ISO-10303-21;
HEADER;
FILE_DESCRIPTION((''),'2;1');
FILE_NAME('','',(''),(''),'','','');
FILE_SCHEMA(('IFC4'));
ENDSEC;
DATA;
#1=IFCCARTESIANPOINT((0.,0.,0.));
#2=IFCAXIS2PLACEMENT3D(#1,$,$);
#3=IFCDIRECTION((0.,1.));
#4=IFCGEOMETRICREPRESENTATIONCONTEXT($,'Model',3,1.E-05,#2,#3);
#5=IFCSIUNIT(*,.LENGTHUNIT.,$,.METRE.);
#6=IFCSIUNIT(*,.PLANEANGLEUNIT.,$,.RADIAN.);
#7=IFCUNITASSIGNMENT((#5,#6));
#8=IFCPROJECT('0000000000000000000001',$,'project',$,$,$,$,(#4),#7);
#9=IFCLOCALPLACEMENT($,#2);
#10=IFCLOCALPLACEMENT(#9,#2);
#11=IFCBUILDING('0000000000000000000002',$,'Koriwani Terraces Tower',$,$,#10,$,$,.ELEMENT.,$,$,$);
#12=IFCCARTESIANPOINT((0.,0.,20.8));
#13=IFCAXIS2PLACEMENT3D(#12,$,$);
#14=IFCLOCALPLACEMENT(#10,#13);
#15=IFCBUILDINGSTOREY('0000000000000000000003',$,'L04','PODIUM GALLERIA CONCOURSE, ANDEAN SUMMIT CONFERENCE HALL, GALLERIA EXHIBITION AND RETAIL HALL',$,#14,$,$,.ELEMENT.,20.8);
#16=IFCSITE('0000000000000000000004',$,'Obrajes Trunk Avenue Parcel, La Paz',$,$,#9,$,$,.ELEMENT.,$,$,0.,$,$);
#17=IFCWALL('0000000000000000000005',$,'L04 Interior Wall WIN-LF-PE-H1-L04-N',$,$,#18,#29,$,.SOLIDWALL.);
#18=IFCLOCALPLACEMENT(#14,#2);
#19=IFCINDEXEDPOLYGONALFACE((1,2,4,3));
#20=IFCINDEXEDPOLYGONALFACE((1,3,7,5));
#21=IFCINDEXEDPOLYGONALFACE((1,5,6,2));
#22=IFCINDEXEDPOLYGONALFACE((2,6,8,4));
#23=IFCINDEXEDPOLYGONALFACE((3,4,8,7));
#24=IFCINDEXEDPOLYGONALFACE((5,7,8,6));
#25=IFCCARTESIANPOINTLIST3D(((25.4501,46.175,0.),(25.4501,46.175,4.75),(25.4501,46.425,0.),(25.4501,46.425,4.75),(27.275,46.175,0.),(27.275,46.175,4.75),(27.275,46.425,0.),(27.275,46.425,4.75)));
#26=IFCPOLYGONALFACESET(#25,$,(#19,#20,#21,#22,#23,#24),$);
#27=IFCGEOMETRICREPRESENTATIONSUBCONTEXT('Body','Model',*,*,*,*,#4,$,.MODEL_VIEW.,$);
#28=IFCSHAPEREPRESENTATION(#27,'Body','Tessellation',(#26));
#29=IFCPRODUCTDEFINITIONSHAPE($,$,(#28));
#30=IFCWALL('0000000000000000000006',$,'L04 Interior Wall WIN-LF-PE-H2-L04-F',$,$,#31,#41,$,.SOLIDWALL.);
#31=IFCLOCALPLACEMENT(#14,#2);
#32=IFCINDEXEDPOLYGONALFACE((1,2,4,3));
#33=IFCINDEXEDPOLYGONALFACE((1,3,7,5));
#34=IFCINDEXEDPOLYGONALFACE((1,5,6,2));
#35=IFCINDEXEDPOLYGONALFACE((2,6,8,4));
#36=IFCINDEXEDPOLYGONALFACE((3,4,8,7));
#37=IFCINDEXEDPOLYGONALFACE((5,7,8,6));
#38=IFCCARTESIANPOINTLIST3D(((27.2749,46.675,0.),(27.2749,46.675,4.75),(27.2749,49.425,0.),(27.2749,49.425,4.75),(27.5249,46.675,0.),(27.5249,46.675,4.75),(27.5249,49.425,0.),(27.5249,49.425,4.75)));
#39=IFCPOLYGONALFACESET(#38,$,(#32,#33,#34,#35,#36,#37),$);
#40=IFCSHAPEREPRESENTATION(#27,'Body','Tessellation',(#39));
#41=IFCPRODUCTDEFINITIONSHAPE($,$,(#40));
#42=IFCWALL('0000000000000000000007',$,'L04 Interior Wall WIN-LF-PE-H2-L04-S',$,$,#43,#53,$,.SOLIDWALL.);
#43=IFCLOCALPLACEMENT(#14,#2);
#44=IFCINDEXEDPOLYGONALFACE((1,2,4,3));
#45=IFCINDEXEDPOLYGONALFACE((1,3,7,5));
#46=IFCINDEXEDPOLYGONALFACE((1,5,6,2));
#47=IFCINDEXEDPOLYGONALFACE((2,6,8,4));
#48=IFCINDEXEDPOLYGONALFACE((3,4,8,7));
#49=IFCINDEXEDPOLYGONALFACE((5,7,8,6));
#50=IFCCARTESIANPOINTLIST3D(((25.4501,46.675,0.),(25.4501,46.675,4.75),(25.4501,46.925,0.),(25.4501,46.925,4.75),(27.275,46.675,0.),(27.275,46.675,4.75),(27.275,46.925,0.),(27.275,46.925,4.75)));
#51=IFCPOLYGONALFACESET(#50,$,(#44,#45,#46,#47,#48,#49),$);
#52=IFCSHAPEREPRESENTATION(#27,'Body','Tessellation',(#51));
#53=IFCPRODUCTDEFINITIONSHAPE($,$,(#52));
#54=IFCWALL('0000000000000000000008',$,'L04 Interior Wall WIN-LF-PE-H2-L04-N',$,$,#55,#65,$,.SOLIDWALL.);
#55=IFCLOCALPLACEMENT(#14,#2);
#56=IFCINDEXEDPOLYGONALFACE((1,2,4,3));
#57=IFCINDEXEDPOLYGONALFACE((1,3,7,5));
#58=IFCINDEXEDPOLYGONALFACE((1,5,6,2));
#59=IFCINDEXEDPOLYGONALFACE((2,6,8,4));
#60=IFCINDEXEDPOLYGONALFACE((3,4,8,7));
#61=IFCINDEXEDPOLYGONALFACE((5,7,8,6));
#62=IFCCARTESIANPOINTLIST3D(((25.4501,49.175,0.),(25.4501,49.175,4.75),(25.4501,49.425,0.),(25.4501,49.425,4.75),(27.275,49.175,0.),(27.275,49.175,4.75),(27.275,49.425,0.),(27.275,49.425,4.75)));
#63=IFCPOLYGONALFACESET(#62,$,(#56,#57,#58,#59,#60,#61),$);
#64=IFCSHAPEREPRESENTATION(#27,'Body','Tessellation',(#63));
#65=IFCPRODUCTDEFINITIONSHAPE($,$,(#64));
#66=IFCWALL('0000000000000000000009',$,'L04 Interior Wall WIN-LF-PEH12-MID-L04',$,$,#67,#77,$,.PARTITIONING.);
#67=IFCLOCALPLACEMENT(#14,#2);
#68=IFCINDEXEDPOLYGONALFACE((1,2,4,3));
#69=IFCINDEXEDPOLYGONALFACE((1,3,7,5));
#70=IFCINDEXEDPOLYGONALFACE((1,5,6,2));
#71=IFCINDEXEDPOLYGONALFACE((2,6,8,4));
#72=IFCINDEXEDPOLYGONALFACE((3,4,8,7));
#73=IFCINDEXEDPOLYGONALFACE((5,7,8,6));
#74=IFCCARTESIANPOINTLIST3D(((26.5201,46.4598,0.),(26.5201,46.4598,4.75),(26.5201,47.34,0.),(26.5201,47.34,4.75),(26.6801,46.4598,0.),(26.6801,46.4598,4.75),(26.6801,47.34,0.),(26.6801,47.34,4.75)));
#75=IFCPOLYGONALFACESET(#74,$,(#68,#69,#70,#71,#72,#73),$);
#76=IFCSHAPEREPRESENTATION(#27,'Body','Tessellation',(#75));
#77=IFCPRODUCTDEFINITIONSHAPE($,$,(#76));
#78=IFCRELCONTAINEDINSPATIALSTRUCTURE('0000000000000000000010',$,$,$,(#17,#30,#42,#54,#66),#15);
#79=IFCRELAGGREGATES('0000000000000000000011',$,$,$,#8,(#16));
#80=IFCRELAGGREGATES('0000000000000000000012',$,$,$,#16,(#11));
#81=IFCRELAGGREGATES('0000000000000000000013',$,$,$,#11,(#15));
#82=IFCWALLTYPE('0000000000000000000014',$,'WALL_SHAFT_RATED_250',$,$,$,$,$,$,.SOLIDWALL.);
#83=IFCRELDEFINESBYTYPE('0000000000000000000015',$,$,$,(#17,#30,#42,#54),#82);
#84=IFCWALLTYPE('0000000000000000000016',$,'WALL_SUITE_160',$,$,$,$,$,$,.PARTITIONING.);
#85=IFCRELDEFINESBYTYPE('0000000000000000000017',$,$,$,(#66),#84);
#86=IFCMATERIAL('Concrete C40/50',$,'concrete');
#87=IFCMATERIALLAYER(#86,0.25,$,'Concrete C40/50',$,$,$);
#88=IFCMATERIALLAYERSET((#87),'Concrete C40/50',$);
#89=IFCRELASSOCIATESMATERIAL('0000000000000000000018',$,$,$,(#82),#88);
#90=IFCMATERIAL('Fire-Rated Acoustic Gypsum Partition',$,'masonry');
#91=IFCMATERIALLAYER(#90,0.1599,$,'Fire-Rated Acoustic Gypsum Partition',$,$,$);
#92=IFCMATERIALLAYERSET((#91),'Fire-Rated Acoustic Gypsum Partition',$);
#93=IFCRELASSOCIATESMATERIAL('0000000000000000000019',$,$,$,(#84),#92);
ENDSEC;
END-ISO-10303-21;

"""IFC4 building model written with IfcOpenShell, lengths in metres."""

from ifc_helpers import new_model, si_unit, direction, frame, frame_2d, origin, place, context, subcontext, project, spatial, rectangle, extrude, material, layer, layer_set, type_object, element, save


model = new_model("IFC4")

# Units and contexts
model_context = context("Model", 3, precision=1e-05, world=origin(), true_north=direction((0.0, 1.0)))
body_context = subcontext(model_context, "Body", "Model", "MODEL_VIEW")
ifc_project = project(units=[si_unit("LENGTHUNIT", "METRE"), si_unit("PLANEANGLEUNIT", "RADIAN")], contexts=[model_context])

# Site, building, storey
site_placement = place(None, origin())
site = spatial("IfcSite", under=ifc_project, at=site_placement, Name="Obrajes Trunk Avenue Parcel, La Paz", CompositionType="ELEMENT", RefElevation=0.0)
building_placement = place(site_placement, origin())
building = spatial("IfcBuilding", under=site, at=building_placement, Name="Koriwani Terraces Tower", CompositionType="ELEMENT")
storey_placement = place(building_placement, frame((0.0, 0.0, 20.8)))
storey = spatial("IfcBuildingStorey", under=building, at=storey_placement, Name="L04", Description="PODIUM GALLERIA CONCOURSE, ANDEAN SUMMIT CONFERENCE HALL, GALLERIA EXHIBITION AND RETAIL HALL", CompositionType="ELEMENT", Elevation=20.8)

# Shared definitions
ifc_material_1 = material(Name="Concrete C40/50", Category="concrete")
ifc_layer_1 = layer(ifc_material_1, 0.25, Name="Concrete C40/50")
ifc_layer_set_1 = layer_set([ifc_layer_1], Name="Concrete C40/50")
wall_type_1 = type_object("IfcWallType", Name="WALL_SHAFT_RATED_250", PredefinedType="SOLIDWALL", material=ifc_layer_set_1)

# Walls
for number, where, z_axis, x_axis, name in (
    (1, (25.45, 46.3, 0.0), (0.0, 0.0, 1.0), (1.0, 0.0, 0.0), "L04 Interior Wall WIN-LF-PE-H1-L04-N"),
):
    element("IfcWall", number, at=place(storey_placement, frame(where, z_axis=z_axis, x_axis=x_axis)), inside=storey, type_object=wall_type_1, Name=name, PredefinedType="SOLIDWALL", context=body_context, shape_type="SweptSolid", body=[
        extrude(rectangle(XDim=1.825, YDim=0.25, at=frame_2d((0.9126, 0.0))), origin(), (0.0, 0.0, 1.0), 4.75),
    ])
wall_1_placement = place(storey_placement, frame((27.3999, 46.675, 0.0), z_axis=(0.0, 0.0, 1.0), x_axis=(0.0, 1.0, 0.0)))
element("IfcWall", 2, at=wall_1_placement, inside=storey, type_object=wall_type_1, Name="L04 Interior Wall WIN-LF-PE-H2-L04-F", PredefinedType="SOLIDWALL", context=body_context, shape_type="SweptSolid", body=[
    extrude(rectangle(XDim=2.75, YDim=0.25, at=frame_2d((1.375, 0.0))), origin(), (0.0, 0.0, 1.0), 4.75),
])
for number, where, z_axis, x_axis, name in (
    (3, (25.45, 46.8, 0.0), (0.0, 0.0, 1.0), (1.0, 0.0, 0.0), "L04 Interior Wall WIN-LF-PE-H2-L04-S"),
    (4, (25.45, 49.3, 0.0), (0.0, 0.0, 1.0), (1.0, 0.0, 0.0), "L04 Interior Wall WIN-LF-PE-H2-L04-N"),
):
    element("IfcWall", number, at=place(storey_placement, frame(where, z_axis=z_axis, x_axis=x_axis)), inside=storey, type_object=wall_type_1, Name=name, PredefinedType="SOLIDWALL", context=body_context, shape_type="SweptSolid", body=[
        extrude(rectangle(XDim=1.825, YDim=0.25, at=frame_2d((0.9126, 0.0))), origin(), (0.0, 0.0, 1.0), 4.75),
    ])
ifc_material_2 = material(Name="Fire-Rated Acoustic Gypsum Partition", Category="masonry")
ifc_layer_2 = layer(ifc_material_2, 0.1599, Name="Fire-Rated Acoustic Gypsum Partition")
ifc_layer_set_2 = layer_set([ifc_layer_2], Name="Fire-Rated Acoustic Gypsum Partition")
wall_type_2 = type_object("IfcWallType", Name="WALL_SUITE_160", PredefinedType="PARTITIONING", material=ifc_layer_set_2)
wall_2_placement = place(storey_placement, frame((26.6001, 46.46, 0.0), z_axis=(0.0, 0.0, 1.0), x_axis=(0.0, 1.0, 0.0)))
element("IfcWall", 5, at=wall_2_placement, inside=storey, type_object=wall_type_2, Name="L04 Interior Wall WIN-LF-PEH12-MID-L04", PredefinedType="PARTITIONING", context=body_context, shape_type="SweptSolid", body=[
    extrude(rectangle(XDim=0.8801, YDim=0.1599, at=frame_2d((0.4399, 0.0))), origin(), (0.0, 0.0, 1.0), 4.75),
])

save(model, "model.ifc")
